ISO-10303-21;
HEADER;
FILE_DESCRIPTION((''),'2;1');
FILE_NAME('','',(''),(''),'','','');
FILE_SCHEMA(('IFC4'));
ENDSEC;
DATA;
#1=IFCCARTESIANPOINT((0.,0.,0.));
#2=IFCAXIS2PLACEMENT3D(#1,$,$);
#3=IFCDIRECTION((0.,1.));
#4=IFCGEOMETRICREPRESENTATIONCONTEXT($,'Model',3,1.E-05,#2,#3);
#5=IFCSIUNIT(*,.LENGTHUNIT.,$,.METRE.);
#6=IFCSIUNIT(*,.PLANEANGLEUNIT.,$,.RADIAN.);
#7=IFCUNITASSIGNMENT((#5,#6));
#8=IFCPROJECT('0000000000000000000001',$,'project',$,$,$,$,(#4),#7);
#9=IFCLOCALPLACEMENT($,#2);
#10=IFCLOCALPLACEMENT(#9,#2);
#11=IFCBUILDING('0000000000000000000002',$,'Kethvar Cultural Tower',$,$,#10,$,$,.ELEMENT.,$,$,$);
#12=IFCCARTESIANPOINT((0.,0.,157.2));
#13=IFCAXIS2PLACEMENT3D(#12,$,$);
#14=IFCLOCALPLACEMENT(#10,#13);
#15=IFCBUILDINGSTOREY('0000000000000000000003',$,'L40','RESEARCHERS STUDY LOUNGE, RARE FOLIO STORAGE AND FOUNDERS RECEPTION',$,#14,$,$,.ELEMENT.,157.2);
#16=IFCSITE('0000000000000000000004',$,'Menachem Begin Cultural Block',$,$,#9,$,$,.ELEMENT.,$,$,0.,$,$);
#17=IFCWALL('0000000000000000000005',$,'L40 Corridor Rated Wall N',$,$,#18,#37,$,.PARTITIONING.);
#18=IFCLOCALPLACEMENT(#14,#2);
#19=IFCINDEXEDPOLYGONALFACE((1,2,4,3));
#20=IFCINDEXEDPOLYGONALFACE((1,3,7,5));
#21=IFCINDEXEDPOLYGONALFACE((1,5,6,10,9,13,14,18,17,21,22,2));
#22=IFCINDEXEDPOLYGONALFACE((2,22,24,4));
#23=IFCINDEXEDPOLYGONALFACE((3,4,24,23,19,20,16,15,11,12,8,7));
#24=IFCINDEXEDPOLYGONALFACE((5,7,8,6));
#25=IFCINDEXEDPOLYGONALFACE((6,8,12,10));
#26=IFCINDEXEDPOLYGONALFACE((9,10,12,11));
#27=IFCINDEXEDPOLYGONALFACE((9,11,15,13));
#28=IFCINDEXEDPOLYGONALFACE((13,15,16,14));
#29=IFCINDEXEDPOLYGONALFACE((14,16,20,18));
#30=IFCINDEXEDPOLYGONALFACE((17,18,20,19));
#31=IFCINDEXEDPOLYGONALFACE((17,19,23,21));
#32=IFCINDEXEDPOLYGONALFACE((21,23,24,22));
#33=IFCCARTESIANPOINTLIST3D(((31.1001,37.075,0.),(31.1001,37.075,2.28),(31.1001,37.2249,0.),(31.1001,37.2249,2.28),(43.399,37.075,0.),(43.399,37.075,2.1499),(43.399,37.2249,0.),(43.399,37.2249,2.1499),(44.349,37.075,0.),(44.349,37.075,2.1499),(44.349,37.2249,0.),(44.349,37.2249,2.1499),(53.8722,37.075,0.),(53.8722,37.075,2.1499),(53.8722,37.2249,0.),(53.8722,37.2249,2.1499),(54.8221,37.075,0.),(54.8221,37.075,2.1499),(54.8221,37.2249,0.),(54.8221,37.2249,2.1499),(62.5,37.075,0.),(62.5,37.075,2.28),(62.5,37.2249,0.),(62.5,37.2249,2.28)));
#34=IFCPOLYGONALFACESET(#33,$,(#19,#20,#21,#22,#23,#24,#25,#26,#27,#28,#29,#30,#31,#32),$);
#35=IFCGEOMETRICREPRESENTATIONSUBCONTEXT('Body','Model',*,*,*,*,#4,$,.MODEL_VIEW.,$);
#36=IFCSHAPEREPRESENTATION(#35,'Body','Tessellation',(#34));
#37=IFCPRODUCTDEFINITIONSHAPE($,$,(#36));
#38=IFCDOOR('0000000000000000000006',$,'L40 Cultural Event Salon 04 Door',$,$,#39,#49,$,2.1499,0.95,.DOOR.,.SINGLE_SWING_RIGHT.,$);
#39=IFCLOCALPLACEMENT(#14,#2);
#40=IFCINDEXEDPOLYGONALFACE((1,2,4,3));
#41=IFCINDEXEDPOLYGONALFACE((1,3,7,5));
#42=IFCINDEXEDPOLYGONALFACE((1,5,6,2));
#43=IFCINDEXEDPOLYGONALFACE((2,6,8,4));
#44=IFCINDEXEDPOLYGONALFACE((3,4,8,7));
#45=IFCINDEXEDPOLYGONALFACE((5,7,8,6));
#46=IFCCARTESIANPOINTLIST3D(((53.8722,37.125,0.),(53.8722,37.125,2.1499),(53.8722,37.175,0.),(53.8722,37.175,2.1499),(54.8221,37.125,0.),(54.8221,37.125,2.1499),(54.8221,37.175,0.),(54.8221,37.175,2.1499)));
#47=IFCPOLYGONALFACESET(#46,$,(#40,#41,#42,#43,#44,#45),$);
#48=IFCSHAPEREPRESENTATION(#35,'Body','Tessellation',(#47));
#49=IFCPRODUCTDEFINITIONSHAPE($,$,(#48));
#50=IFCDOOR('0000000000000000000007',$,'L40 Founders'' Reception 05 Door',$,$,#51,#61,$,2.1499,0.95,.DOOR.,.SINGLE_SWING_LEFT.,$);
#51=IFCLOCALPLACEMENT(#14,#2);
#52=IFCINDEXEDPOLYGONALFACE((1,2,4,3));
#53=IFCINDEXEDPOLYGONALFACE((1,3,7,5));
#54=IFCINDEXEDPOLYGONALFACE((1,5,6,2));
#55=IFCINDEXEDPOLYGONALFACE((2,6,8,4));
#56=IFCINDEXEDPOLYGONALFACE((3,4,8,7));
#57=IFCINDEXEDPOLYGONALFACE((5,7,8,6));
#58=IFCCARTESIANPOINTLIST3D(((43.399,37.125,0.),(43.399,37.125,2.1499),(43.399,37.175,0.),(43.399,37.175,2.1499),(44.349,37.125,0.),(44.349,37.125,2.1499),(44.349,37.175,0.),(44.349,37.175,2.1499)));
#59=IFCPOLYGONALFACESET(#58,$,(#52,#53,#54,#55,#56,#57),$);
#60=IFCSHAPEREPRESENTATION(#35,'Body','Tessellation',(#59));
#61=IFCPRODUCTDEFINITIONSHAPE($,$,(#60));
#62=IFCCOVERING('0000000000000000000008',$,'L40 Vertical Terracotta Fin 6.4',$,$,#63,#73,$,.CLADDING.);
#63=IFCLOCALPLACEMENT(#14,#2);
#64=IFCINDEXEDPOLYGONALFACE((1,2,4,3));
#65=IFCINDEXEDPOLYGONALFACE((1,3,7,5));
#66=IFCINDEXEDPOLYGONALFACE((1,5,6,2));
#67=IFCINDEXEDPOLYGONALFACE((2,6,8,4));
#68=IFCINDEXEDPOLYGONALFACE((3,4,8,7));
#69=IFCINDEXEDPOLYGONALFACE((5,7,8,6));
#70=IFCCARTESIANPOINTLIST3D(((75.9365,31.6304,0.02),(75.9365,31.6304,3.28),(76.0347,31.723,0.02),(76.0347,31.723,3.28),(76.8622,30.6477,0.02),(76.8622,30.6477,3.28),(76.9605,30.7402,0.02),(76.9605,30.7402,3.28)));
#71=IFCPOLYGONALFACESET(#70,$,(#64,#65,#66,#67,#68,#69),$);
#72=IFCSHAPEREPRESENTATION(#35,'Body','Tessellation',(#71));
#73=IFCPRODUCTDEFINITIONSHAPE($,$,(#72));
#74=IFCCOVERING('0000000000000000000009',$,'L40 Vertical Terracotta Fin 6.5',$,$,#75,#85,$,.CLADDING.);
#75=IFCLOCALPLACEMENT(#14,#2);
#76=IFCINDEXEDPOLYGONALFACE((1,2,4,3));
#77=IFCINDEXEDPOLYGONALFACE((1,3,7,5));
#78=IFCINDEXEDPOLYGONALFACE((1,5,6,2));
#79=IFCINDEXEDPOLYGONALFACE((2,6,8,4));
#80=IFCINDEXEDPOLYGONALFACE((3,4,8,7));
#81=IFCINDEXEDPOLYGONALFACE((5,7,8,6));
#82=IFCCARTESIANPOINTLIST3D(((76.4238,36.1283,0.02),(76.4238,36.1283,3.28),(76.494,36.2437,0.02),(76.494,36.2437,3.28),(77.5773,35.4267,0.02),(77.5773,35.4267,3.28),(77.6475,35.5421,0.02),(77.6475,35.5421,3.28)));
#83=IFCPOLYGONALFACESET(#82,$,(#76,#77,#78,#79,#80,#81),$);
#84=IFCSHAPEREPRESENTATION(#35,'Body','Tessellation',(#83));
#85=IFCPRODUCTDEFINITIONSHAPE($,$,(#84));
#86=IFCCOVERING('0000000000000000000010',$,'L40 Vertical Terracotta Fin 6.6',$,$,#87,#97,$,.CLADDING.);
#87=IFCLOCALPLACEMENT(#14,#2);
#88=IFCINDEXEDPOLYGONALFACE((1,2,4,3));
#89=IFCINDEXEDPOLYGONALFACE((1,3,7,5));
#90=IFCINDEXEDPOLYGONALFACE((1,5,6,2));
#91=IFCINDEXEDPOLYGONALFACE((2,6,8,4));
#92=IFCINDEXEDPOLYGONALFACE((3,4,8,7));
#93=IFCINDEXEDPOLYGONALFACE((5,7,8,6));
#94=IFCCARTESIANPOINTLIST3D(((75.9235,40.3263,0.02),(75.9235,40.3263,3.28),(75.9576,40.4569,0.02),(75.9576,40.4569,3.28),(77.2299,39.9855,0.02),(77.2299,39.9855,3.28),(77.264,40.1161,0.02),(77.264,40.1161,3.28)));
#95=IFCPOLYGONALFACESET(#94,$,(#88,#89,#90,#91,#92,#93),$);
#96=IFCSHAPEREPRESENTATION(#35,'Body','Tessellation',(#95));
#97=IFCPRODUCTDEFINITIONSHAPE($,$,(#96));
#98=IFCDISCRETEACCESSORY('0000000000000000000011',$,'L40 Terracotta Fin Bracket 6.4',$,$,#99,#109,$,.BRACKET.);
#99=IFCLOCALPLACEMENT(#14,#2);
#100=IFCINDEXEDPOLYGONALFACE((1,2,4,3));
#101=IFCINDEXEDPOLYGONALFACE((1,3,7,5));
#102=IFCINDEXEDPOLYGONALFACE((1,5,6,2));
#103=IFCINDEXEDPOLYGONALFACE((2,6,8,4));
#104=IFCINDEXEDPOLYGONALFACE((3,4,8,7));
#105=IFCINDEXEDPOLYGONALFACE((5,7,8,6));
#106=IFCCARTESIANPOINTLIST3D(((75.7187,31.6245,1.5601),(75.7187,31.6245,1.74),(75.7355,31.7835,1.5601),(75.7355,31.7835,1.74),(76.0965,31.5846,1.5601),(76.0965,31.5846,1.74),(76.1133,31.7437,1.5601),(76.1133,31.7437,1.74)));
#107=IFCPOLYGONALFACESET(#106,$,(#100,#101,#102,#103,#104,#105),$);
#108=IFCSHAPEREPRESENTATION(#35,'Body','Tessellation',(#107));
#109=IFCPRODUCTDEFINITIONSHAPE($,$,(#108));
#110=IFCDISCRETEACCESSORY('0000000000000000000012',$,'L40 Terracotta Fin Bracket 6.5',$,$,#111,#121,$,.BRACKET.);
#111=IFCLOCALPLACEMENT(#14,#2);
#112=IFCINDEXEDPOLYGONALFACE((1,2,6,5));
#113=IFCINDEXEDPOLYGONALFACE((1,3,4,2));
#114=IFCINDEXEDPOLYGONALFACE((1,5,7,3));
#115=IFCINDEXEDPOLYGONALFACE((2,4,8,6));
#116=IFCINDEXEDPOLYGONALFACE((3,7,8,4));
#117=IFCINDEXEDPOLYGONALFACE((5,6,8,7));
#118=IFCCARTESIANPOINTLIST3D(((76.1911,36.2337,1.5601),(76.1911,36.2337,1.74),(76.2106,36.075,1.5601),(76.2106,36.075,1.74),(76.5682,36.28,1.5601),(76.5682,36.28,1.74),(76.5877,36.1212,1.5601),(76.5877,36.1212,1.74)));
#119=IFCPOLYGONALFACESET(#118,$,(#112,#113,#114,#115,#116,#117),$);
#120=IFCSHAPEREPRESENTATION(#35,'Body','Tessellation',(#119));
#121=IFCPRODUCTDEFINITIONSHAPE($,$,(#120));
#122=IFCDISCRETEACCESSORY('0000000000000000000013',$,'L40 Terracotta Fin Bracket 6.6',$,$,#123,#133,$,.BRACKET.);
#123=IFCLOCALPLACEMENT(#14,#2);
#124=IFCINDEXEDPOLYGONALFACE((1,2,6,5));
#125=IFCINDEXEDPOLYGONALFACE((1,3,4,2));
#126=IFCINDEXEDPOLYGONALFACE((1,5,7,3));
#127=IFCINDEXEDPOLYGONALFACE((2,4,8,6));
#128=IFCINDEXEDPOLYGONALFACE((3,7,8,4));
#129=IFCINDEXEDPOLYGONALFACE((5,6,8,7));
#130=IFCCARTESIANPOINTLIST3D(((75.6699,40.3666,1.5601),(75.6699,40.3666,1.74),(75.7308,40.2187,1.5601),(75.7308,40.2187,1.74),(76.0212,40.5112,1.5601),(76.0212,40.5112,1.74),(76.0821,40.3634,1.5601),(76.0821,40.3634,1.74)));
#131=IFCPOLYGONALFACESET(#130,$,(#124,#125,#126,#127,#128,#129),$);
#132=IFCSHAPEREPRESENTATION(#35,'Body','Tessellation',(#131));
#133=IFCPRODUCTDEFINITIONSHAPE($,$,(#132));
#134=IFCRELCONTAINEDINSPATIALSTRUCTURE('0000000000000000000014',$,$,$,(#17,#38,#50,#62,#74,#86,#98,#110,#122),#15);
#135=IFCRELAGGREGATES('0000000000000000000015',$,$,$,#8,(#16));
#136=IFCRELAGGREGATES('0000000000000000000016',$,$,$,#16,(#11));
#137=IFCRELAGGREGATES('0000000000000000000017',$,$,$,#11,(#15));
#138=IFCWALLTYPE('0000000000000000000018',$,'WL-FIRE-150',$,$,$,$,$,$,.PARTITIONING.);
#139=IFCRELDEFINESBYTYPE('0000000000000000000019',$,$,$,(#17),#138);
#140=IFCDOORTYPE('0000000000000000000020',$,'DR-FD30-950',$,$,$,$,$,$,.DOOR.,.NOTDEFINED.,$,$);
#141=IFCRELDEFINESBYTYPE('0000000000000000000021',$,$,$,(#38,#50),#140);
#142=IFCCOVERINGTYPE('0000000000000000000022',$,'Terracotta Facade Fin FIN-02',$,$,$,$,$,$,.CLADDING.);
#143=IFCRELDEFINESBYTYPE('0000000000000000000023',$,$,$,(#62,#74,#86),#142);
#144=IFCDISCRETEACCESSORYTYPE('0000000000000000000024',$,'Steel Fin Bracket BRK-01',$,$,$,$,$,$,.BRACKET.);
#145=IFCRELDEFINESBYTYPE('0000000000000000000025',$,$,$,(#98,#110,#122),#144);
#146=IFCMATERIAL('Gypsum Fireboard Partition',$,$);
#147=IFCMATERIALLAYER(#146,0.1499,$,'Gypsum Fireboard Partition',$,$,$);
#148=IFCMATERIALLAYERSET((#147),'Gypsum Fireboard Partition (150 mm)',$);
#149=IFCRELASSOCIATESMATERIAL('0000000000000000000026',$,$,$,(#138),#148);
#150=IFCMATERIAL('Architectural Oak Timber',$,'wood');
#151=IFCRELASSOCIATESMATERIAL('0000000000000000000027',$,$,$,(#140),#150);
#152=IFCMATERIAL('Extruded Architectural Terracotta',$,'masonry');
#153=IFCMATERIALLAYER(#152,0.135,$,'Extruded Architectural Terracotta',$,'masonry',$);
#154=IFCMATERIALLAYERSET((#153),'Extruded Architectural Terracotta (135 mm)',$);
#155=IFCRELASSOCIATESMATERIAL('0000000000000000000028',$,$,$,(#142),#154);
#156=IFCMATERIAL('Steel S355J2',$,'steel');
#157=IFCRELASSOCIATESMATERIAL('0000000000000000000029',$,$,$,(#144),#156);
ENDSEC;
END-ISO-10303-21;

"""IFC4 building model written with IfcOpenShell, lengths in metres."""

from ifc_helpers import new_model, si_unit, direction, frame, frame_2d, origin, origin_2d, place, context, subcontext, project, spatial, rectangle, extrude, source, transform, mapped, material, layer, layer_set, type_object, element, fill, save


model = new_model("IFC4")

# Units and contexts
model_context = context("Model", 3, precision=1e-05, world=origin(), true_north=direction((0.0, 1.0)))
body_context = subcontext(model_context, "Body", "Model", "MODEL_VIEW")
ifc_project = project(units=[si_unit("LENGTHUNIT", "METRE"), si_unit("PLANEANGLEUNIT", "RADIAN")], contexts=[model_context])

# Site, building, storey
site_placement = place(None, origin())
site = spatial("IfcSite", under=ifc_project, at=site_placement, Name="Menachem Begin Cultural Block", CompositionType="ELEMENT", RefElevation=0.0)
building_placement = place(site_placement, origin())
building = spatial("IfcBuilding", under=site, at=building_placement, Name="Kethvar Cultural Tower", CompositionType="ELEMENT")
storey_placement = place(building_placement, frame((0.0, 0.0, 157.2)))
storey = spatial("IfcBuildingStorey", under=building, at=storey_placement, Name="L40", Description="RESEARCHERS STUDY LOUNGE, RARE FOLIO STORAGE AND FOUNDERS RECEPTION", CompositionType="ELEMENT", Elevation=157.2)

# Shared definitions
ifc_material_1 = material(Name="Steel S355J2", Category="steel")

# Shared definitions
ifc_material_2 = material(Name="Gypsum Fireboard Partition")
ifc_layer_1 = layer(ifc_material_2, 0.1499, Name="Gypsum Fireboard Partition")
ifc_layer_set_1 = layer_set([ifc_layer_1], Name="Gypsum Fireboard Partition (150 mm)")
wall_type = type_object("IfcWallType", Name="WL-FIRE-150", PredefinedType="PARTITIONING", material=ifc_layer_set_1)

# Wall, openings, doors
wall_1_placement = place(storey_placement, frame((62.5, 37.1499, 0.0), z_axis=(0.0, 0.0, 1.0), x_axis=(-1.0, 0.0, 0.0)))
wall_1 = element("IfcWall", 1, at=wall_1_placement, inside=storey, type_object=wall_type, Name="L40 Corridor Rated Wall N", PredefinedType="PARTITIONING", context=body_context, shape_type="SweptSolid", body=[
    extrude(rectangle(XDim=31.3999, YDim=0.1499, at=frame_2d((15.7, 0.0))), origin(), (0.0, 0.0, 1.0), 2.28),
])
opening_1_placement = place(wall_1_placement, frame((7.6777, 0.0, 0.0)))
opening_1 = element("IfcOpeningElement", 2, at=opening_1_placement, cuts=wall_1, PredefinedType="OPENING", context=body_context, shape_type="SweptSolid", body=[
    extrude(rectangle(XDim=0.95, YDim=2.1499, at=frame_2d((0.4751, 1.075))), frame((0.0, 0.085, 0.0), z_axis=(0.0, -1.0, 0.0), x_axis=(1.0, 0.0, 0.0)), (0.0, 0.0, 1.0), 0.1699),
])
opening_2_placement = place(wall_1_placement, frame((18.1509, 0.0, 0.0)))
opening_2 = element("IfcOpeningElement", 3, at=opening_2_placement, cuts=wall_1, PredefinedType="OPENING", context=body_context, shape_type="SweptSolid", body=[
    extrude(rectangle(XDim=0.95, YDim=2.1499, at=frame_2d((0.4751, 1.075))), frame((0.0, 0.085, 0.0), z_axis=(0.0, -1.0, 0.0), x_axis=(1.0, 0.0, 0.0)), (0.0, 0.0, 1.0), 0.1699),
])
ifc_material_3 = material(Name="Architectural Oak Timber", Category="wood")
door_type = type_object("IfcDoorType", Name="DR-FD30-950", OperationType="NOTDEFINED", PredefinedType="DOOR", material=ifc_material_3)
shared_shape_1 = source(origin(), body_context, "Body", "SweptSolid", [
    extrude(rectangle(XDim=0.95, YDim=2.1499, at=frame_2d((0.4751, 1.075))), frame((0.0, 0.0249, 0.0), z_axis=(0.0, -1.0, 0.0), x_axis=(1.0, 0.0, 0.0)), (0.0, 0.0, 1.0), 0.05),
])
door_1_placement = place(opening_1_placement, origin())
door_1 = element("IfcDoor", 4, at=door_1_placement, inside=storey, type_object=door_type, Name="L40 Cultural Event Salon 04 Door", OperationType="SINGLE_SWING_RIGHT", OverallHeight=2.1499, OverallWidth=0.95, PredefinedType="DOOR", context=body_context, shape_type="MappedRepresentation", body=[
    mapped(shared_shape_1, transform((0.0, 0.0, 0.0), scale=1.0)),
])
fill(opening_1, door_1)
door_2_placement = place(opening_2_placement, origin())
door_2 = element("IfcDoor", 5, at=door_2_placement, inside=storey, type_object=door_type, Name="L40 Founders' Reception 05 Door", OperationType="SINGLE_SWING_LEFT", OverallHeight=2.1499, OverallWidth=0.95, PredefinedType="DOOR", context=body_context, shape_type="MappedRepresentation", body=[
    mapped(shared_shape_1, transform((0.0, 0.0, 0.0), scale=1.0)),
])
fill(opening_2, door_2)

# Coverings
ifc_material_4 = material(Name="Extruded Architectural Terracotta", Category="masonry")
ifc_layer_2 = layer(ifc_material_4, 0.135, Name="Extruded Architectural Terracotta", Category="masonry")
ifc_layer_set_2 = layer_set([ifc_layer_2], Name="Extruded Architectural Terracotta (135 mm)")
covering_type = type_object("IfcCoveringType", Name="Terracotta Facade Fin FIN-02", PredefinedType="CLADDING", material=ifc_layer_set_2)
shared_shape_2 = source(origin(), body_context, "Body", "SweptSolid", [
    extrude(rectangle(XDim=1.3501, YDim=0.135, at=origin_2d()), origin(), (0.0, 0.0, 1.0), 3.26),
])
for number, where, z_axis, x_axis, name in (
    (6, (76.4485, 31.1853, 0.02), (0.0, 0.0, 1.0), (0.685691, -0.727892, 0.0), "L40 Vertical Terracotta Fin 6.4"),
    (7, (77.0356, 35.8352, 0.02), (0.0, 0.0, 1.0), (0.854368, -0.519668, 0.0), "L40 Vertical Terracotta Fin 6.5"),
    (8, (76.5938, 40.2212, 0.02), (0.0, 0.0, 1.0), (0.967621, -0.252407, 0.0), "L40 Vertical Terracotta Fin 6.6"),
):
    element("IfcCovering", number, at=place(storey_placement, frame(where, z_axis=z_axis, x_axis=x_axis)), inside=storey, type_object=covering_type, Name=name, PredefinedType="CLADDING", context=body_context, shape_type="MappedRepresentation", body=[
        mapped(shared_shape_2, transform((0.0, 0.0, 0.0), scale=1.0)),
    ])

# Discrete accessories
discrete_accessory_type = type_object("IfcDiscreteAccessoryType", Name="Steel Fin Bracket BRK-01", PredefinedType="BRACKET", material=ifc_material_1)
shared_shape_3 = source(origin(), body_context, "Body", "SweptSolid", [
    extrude(rectangle(XDim=0.3799, YDim=0.1599, at=origin_2d()), origin(), (0.0, 0.0, 1.0), 0.1799),
])
for number, where, z_axis, x_axis, name in (
    (9, (75.916, 31.6841, 1.5601), (0.0, 0.0, 1.0), (0.994485, -0.104876, 0.0), "L40 Terracotta Fin Bracket 6.4"),
    (10, (76.3894, 36.1775, 1.5601), (0.0, 0.0, 1.0), (0.992567, 0.121696, 0.0), "L40 Terracotta Fin Bracket 6.5"),
    (11, (75.876, 40.365, 1.5601), (0.0, 0.0, 1.0), (0.924679, 0.380748, 0.0), "L40 Terracotta Fin Bracket 6.6"),
):
    element("IfcDiscreteAccessory", number, at=place(storey_placement, frame(where, z_axis=z_axis, x_axis=x_axis)), inside=storey, type_object=discrete_accessory_type, Name=name, PredefinedType="BRACKET", context=body_context, shape_type="MappedRepresentation", body=[
        mapped(shared_shape_3, transform((0.0, 0.0, 0.0), scale=1.0)),
    ])

save(model, "model.ifc")
